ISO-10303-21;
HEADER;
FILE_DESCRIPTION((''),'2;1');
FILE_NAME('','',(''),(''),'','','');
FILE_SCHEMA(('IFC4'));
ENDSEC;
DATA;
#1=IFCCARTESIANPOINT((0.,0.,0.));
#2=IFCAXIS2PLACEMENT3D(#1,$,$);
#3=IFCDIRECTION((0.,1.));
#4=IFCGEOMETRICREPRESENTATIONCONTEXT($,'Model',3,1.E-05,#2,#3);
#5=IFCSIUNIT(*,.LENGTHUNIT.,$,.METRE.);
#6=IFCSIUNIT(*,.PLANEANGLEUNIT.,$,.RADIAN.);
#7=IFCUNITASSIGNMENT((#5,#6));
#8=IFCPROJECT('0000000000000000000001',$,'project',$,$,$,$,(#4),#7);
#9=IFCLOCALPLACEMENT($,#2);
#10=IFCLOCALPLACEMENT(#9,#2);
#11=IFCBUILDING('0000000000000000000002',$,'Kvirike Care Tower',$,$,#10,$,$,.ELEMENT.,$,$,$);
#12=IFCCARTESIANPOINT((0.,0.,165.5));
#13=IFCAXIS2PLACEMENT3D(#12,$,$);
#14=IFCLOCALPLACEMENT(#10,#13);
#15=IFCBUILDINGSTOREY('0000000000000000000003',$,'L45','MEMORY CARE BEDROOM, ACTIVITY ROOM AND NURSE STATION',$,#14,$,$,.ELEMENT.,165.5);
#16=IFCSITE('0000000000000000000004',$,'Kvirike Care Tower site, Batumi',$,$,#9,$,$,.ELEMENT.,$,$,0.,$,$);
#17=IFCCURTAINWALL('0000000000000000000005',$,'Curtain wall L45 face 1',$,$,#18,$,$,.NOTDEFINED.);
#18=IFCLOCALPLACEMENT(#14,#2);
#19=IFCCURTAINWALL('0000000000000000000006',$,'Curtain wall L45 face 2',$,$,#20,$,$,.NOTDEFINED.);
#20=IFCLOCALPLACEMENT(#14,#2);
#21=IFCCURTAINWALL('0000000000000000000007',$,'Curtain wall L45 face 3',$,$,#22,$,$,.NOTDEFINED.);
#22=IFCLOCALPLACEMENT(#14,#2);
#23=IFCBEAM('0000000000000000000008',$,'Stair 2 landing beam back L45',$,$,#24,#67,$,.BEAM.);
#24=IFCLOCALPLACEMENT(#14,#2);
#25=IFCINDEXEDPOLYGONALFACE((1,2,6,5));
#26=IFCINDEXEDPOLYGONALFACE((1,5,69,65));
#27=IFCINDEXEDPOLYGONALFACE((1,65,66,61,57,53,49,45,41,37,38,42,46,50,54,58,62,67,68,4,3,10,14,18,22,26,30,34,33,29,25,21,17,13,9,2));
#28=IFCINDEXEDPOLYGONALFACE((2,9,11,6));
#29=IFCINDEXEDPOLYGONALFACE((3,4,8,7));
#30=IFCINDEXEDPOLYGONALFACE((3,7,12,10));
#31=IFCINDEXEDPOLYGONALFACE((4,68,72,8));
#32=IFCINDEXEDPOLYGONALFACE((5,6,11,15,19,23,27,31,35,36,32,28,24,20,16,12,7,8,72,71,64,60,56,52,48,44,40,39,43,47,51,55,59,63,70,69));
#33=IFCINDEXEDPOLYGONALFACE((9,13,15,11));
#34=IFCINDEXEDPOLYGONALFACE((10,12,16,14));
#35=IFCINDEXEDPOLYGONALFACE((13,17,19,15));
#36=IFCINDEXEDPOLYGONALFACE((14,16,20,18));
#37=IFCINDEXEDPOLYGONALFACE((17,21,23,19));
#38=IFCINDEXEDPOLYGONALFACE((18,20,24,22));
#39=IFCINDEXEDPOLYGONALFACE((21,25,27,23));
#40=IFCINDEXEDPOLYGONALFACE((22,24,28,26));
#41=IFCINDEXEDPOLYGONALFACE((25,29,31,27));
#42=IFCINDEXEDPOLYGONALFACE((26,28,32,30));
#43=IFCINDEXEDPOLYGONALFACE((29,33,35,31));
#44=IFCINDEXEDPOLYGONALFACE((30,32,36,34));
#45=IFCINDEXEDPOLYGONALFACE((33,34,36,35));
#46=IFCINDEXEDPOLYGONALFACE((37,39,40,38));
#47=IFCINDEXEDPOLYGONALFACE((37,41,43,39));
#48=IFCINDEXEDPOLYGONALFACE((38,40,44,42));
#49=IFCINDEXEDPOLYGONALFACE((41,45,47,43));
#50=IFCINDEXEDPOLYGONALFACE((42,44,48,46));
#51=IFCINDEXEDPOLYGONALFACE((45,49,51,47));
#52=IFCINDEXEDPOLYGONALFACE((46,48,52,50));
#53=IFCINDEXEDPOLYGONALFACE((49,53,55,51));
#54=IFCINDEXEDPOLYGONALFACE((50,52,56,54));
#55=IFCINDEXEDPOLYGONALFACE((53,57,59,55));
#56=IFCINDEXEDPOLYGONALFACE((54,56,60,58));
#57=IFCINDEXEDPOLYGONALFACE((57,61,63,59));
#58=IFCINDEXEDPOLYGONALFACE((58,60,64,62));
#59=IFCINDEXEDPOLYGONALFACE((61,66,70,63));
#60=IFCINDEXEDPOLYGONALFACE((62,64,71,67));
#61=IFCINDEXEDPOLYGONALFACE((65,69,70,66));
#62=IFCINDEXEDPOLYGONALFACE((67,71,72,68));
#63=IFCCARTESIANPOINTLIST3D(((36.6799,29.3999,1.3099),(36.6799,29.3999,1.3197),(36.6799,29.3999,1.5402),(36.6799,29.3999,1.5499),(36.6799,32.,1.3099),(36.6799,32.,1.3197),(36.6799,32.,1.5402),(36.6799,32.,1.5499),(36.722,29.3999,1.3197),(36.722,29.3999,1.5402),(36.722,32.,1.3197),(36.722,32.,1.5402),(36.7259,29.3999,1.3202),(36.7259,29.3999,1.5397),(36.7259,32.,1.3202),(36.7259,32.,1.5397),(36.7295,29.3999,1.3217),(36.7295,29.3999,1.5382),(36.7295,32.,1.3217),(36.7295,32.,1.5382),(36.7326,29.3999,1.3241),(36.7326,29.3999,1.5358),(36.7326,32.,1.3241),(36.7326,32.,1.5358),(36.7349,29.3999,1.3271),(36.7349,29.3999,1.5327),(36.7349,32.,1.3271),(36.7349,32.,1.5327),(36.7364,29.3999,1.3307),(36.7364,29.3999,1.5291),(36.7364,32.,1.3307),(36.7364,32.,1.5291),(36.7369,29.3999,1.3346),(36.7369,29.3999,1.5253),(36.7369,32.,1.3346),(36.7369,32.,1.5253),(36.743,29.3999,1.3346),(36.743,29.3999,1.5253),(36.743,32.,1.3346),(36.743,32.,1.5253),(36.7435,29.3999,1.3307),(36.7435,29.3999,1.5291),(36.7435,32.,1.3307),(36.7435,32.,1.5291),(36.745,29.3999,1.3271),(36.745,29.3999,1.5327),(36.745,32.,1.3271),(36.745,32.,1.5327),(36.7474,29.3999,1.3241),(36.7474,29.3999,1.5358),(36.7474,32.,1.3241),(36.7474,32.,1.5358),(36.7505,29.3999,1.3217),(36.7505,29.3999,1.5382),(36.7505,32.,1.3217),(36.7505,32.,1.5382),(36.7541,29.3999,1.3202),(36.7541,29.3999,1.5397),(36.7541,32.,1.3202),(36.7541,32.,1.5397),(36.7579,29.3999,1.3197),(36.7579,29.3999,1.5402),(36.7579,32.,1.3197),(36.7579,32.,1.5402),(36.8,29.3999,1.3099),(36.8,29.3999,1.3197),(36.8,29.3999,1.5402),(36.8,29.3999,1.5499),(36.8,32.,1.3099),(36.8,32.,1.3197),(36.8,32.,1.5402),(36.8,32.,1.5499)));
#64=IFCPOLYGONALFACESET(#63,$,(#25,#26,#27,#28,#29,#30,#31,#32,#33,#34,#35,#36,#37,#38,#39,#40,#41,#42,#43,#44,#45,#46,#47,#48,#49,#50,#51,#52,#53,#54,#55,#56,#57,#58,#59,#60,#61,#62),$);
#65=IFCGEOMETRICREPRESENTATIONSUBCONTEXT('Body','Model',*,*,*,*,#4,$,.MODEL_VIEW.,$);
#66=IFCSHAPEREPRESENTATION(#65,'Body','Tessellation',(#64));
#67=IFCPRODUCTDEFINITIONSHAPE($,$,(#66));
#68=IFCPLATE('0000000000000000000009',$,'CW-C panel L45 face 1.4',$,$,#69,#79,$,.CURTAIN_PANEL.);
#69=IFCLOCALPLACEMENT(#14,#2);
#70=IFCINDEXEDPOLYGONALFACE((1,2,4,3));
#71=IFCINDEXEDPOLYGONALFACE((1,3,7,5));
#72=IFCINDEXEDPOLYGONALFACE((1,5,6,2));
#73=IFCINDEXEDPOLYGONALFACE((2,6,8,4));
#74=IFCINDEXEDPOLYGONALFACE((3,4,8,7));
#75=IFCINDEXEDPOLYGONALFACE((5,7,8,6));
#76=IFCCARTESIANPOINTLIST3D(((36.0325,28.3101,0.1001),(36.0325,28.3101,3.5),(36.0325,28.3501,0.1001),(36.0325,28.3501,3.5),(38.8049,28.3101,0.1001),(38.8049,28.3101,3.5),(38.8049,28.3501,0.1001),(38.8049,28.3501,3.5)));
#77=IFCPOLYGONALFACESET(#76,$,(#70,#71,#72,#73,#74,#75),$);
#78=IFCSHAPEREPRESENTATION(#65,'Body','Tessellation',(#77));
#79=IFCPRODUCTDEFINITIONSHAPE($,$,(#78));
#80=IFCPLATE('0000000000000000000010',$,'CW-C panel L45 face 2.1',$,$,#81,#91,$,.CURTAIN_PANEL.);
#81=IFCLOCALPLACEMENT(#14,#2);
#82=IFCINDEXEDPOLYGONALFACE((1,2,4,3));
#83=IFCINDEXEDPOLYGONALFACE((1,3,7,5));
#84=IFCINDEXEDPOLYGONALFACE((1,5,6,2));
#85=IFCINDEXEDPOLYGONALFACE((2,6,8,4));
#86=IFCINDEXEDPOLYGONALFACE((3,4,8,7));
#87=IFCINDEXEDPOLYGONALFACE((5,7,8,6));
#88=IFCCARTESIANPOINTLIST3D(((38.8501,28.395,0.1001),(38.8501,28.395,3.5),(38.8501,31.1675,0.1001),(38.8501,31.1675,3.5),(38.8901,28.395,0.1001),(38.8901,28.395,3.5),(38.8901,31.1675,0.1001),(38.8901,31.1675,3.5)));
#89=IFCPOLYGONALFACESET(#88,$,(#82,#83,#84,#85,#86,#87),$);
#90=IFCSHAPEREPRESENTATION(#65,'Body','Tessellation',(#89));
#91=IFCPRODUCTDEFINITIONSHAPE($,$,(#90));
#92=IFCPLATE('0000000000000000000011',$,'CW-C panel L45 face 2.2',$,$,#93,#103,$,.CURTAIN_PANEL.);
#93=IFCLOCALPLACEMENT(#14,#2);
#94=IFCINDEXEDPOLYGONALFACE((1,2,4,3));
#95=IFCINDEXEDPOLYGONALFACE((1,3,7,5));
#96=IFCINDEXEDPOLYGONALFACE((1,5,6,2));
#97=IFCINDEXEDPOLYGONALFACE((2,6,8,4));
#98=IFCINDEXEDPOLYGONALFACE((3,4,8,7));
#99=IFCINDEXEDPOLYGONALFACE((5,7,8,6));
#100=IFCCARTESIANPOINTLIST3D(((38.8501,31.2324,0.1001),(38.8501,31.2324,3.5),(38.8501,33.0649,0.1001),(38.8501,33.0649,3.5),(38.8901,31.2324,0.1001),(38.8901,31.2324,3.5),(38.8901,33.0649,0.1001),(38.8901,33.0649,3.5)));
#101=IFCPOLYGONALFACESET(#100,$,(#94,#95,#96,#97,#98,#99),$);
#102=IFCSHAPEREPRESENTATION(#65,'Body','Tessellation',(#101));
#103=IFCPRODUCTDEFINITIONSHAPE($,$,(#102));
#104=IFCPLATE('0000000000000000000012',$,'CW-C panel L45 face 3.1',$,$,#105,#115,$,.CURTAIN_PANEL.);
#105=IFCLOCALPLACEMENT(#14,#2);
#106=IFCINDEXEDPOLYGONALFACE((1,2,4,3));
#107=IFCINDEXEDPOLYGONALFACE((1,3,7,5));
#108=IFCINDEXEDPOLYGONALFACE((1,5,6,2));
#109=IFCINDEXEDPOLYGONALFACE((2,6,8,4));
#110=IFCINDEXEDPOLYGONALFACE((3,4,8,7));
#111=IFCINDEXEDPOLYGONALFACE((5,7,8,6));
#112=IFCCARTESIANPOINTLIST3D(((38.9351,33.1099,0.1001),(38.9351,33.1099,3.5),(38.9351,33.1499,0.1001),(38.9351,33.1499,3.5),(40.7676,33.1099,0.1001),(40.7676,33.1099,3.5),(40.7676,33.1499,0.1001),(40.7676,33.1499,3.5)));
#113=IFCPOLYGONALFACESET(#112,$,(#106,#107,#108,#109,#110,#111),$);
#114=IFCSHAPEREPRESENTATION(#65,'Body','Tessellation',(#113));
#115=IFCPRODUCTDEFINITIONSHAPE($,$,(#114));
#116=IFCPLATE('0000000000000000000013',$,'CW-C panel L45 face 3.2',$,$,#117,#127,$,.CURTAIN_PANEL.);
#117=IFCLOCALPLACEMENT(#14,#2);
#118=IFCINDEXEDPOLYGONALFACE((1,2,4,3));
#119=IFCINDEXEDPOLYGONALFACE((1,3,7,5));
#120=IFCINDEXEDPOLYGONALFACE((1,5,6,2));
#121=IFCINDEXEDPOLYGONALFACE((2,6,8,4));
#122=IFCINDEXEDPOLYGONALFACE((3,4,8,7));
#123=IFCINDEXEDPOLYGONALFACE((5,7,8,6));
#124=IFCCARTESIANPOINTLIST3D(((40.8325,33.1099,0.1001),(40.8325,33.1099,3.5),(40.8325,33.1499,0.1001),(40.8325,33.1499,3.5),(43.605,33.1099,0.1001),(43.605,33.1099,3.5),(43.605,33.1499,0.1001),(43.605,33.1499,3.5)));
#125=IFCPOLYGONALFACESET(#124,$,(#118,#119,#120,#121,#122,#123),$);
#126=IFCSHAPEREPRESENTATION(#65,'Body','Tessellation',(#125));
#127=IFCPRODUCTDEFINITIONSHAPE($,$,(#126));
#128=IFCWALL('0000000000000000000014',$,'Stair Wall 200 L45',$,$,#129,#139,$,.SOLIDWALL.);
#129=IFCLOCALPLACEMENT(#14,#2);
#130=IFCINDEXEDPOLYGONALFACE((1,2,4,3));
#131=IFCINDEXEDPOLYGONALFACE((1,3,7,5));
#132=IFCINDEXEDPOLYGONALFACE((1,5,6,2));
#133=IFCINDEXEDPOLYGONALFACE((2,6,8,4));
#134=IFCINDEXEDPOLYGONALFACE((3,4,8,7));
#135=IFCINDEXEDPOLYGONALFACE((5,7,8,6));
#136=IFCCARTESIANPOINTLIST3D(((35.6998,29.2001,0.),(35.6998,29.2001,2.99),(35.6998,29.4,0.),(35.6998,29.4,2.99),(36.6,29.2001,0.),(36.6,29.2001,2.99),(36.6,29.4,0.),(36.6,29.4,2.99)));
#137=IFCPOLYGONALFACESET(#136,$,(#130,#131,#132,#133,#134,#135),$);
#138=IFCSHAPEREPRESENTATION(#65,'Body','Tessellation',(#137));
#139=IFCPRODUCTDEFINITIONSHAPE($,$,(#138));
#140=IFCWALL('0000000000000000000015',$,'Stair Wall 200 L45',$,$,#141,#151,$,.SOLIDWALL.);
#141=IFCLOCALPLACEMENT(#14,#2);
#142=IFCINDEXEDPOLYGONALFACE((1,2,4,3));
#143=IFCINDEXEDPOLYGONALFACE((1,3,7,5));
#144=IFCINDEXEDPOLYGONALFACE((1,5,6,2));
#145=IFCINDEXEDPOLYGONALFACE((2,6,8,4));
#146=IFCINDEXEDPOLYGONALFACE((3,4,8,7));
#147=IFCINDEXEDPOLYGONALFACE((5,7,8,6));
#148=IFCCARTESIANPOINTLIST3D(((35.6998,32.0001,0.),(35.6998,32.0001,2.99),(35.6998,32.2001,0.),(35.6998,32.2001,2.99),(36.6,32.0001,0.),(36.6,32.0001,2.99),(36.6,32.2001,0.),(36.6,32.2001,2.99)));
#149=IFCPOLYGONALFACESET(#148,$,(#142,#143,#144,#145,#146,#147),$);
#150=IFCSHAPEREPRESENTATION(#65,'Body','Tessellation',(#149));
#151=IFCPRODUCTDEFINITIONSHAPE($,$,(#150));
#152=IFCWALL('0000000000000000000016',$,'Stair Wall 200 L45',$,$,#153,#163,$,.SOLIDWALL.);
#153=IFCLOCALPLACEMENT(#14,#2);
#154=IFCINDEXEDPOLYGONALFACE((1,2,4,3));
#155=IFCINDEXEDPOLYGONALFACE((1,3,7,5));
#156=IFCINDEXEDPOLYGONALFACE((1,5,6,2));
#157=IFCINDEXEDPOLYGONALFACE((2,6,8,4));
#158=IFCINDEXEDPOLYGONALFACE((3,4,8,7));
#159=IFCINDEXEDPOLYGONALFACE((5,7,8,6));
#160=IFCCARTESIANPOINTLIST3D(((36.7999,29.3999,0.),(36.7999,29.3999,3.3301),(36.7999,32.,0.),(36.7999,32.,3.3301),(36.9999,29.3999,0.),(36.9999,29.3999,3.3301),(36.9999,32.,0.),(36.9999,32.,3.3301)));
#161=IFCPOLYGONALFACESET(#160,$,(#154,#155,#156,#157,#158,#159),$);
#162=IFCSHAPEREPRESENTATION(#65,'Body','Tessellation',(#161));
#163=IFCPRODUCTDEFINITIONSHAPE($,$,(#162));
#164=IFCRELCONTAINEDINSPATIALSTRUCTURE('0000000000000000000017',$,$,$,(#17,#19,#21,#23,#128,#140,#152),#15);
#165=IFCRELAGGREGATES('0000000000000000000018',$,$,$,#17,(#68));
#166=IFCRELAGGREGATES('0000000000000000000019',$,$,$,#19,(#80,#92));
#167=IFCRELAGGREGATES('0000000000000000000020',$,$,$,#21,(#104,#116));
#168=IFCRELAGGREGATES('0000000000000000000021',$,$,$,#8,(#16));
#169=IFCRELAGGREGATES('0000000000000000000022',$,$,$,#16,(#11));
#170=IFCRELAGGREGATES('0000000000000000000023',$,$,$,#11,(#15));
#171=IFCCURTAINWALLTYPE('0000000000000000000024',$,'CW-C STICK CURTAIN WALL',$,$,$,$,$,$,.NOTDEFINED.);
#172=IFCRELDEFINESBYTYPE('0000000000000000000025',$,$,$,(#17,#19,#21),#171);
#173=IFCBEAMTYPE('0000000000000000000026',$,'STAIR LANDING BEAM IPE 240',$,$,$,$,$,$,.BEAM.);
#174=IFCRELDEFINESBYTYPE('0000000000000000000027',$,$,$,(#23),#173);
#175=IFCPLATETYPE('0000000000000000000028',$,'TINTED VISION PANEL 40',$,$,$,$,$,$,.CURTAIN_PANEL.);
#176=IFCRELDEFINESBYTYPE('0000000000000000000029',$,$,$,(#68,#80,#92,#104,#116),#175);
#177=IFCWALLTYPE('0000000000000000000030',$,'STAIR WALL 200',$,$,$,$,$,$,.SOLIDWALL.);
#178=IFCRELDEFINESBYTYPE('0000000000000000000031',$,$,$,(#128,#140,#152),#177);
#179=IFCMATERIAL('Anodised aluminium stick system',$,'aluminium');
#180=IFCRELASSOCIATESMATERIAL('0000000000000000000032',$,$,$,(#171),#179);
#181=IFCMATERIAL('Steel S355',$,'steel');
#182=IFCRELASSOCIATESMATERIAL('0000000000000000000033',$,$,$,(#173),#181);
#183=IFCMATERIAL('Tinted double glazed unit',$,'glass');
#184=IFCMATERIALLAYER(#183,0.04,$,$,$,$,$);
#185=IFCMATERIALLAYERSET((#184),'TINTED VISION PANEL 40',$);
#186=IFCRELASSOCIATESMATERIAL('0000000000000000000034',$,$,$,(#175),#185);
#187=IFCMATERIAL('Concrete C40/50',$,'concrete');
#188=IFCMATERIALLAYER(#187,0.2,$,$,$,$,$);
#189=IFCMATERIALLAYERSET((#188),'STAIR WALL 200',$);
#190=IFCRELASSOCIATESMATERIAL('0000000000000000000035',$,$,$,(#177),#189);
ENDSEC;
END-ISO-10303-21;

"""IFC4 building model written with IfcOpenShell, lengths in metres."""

from ifc_helpers import new_model, si_unit, direction, frame, frame_2d, origin, origin_2d, place, context, subcontext, project, spatial, rectangle, i_section, extrude, material, layer, layer_set, material_profile, profile_set, type_object, element, aggregate, save


model = new_model("IFC4")

# Units and contexts
model_context = context("Model", 3, precision=1e-05, world=origin(), true_north=direction((0.0, 1.0)))
body_context = subcontext(model_context, "Body", "Model", "MODEL_VIEW")
ifc_project = project(units=[si_unit("LENGTHUNIT", "METRE"), si_unit("PLANEANGLEUNIT", "RADIAN")], contexts=[model_context])

# Site, building, storey
site_placement = place(None, origin())
site = spatial("IfcSite", under=ifc_project, at=site_placement, Name="Kvirike Care Tower site, Batumi", CompositionType="ELEMENT", RefElevation=0.0)
building_placement = place(site_placement, origin())
building = spatial("IfcBuilding", under=site, at=building_placement, Name="Kvirike Care Tower", CompositionType="ELEMENT")
storey_placement = place(building_placement, frame((0.0, 0.0, 165.5)))
storey = spatial("IfcBuildingStorey", under=building, at=storey_placement, Name="L45", Description="MEMORY CARE BEDROOM, ACTIVITY ROOM AND NURSE STATION", CompositionType="ELEMENT", Elevation=165.5)

# Curtain walls
ifc_material_1 = material(Name="Anodised aluminium stick system", Category="aluminium")
curtain_wall_type = type_object("IfcCurtainWallType", Name="CW-C STICK CURTAIN WALL", PredefinedType="NOTDEFINED", material=ifc_material_1)
curtain_wall_1_placement = place(storey_placement, origin())
curtain_wall_1 = element("IfcCurtainWall", 1, at=curtain_wall_1_placement, inside=storey, type_object=curtain_wall_type, Name="Curtain wall L45 face 1", PredefinedType="NOTDEFINED")
curtain_wall_2_placement = place(storey_placement, origin())
curtain_wall_2 = element("IfcCurtainWall", 2, at=curtain_wall_2_placement, inside=storey, type_object=curtain_wall_type, Name="Curtain wall L45 face 2", PredefinedType="NOTDEFINED")
curtain_wall_3_placement = place(storey_placement, origin())
curtain_wall_3 = element("IfcCurtainWall", 3, at=curtain_wall_3_placement, inside=storey, type_object=curtain_wall_type, Name="Curtain wall L45 face 3", PredefinedType="NOTDEFINED")

# Beam
ifc_material_2 = material(Name="Steel S355", Category="steel")
ifc_material_profile_1 = material_profile(ifc_material_2, i_section(OverallWidth=0.1201, OverallDepth=0.24, WebThickness=0.0061, FlangeThickness=0.0098, FilletRadius=0.0149, at=origin_2d()), Name="IPE 240")
ifc_profile_set_1 = profile_set([ifc_material_profile_1], Name="Steel S355")
beam_type_1 = type_object("IfcBeamType", Name="STAIR LANDING BEAM IPE 240", PredefinedType="BEAM", material=ifc_profile_set_1)
beam_placement = place(storey_placement, frame((36.74, 29.3999, 1.4299), z_axis=(0.0, 1.0, 0.0), x_axis=(-1.0, 0.0, 0.0)))
element("IfcBeam", 4, at=beam_placement, inside=storey, type_object=beam_type_1, Name="Stair 2 landing beam back L45", PredefinedType="BEAM", context=body_context, shape_type="SweptSolid", body=[
    extrude(i_section(OverallWidth=0.1201, OverallDepth=0.24, WebThickness=0.0061, FlangeThickness=0.0098, FilletRadius=0.0149, at=origin_2d()), origin(), (0.0, 0.0, 1.0), 2.6001),
])

# Plates
ifc_material_3 = material(Name="Tinted double glazed unit", Category="glass")
ifc_layer_1 = layer(ifc_material_3, 0.04)
ifc_layer_set_1 = layer_set([ifc_layer_1], Name="TINTED VISION PANEL 40")
plate_type = type_object("IfcPlateType", Name="TINTED VISION PANEL 40", PredefinedType="CURTAIN_PANEL", material=ifc_layer_set_1)
plate_1_placement = place(storey_placement, frame((37.4187, 28.3301, 0.1001), z_axis=(0.0, 0.0, 1.0), x_axis=(1.0, 0.0, 0.0)))
plate_1 = element("IfcPlate", 5, at=plate_1_placement, type_object=plate_type, Name="CW-C panel L45 face 1.4", PredefinedType="CURTAIN_PANEL", context=body_context, shape_type="SweptSolid", body=[
    extrude(rectangle(XDim=2.7725, YDim=0.04, at=origin_2d()), origin(), (0.0, 0.0, 1.0), 3.3999),
])
aggregate(curtain_wall_1, [plate_1])
plate_2_placement = place(storey_placement, frame((38.8701, 29.7812, 0.1001), z_axis=(0.0, 0.0, 1.0), x_axis=(0.0, 1.0, 0.0)))
plate_2 = element("IfcPlate", 6, at=plate_2_placement, type_object=plate_type, Name="CW-C panel L45 face 2.1", PredefinedType="CURTAIN_PANEL", context=body_context, shape_type="SweptSolid", body=[
    extrude(rectangle(XDim=2.7725, YDim=0.04, at=origin_2d()), origin(), (0.0, 0.0, 1.0), 3.3999),
])
plate_3_placement = place(storey_placement, frame((38.8701, 32.1487, 0.1001), z_axis=(0.0, 0.0, 1.0), x_axis=(0.0, 1.0, 0.0)))
plate_3 = element("IfcPlate", 7, at=plate_3_placement, type_object=plate_type, Name="CW-C panel L45 face 2.2", PredefinedType="CURTAIN_PANEL", context=body_context, shape_type="SweptSolid", body=[
    extrude(rectangle(XDim=1.8325, YDim=0.04, at=origin_2d()), origin(), (0.0, 0.0, 1.0), 3.3999),
])
aggregate(curtain_wall_2, [plate_2, plate_3])
plate_4_placement = place(storey_placement, frame((39.8513, 33.1299, 0.1001), z_axis=(0.0, 0.0, 1.0), x_axis=(1.0, 0.0, 0.0)))
plate_4 = element("IfcPlate", 8, at=plate_4_placement, type_object=plate_type, Name="CW-C panel L45 face 3.1", PredefinedType="CURTAIN_PANEL", context=body_context, shape_type="SweptSolid", body=[
    extrude(rectangle(XDim=1.8325, YDim=0.04, at=origin_2d()), origin(), (0.0, 0.0, 1.0), 3.3999),
])
plate_5_placement = place(storey_placement, frame((42.2188, 33.1299, 0.1001), z_axis=(0.0, 0.0, 1.0), x_axis=(1.0, 0.0, 0.0)))
plate_5 = element("IfcPlate", 9, at=plate_5_placement, type_object=plate_type, Name="CW-C panel L45 face 3.2", PredefinedType="CURTAIN_PANEL", context=body_context, shape_type="SweptSolid", body=[
    extrude(rectangle(XDim=2.7725, YDim=0.04, at=origin_2d()), origin(), (0.0, 0.0, 1.0), 3.3999),
])
aggregate(curtain_wall_3, [plate_4, plate_5])

# Walls
ifc_material_4 = material(Name="Concrete C40/50", Category="concrete")
ifc_layer_2 = layer(ifc_material_4, 0.2)
ifc_layer_set_2 = layer_set([ifc_layer_2], Name="STAIR WALL 200")
wall_type = type_object("IfcWallType", Name="STAIR WALL 200", PredefinedType="SOLIDWALL", material=ifc_layer_set_2)
for number, where, z_axis, x_axis, name in (
    (10, (36.6001, 29.3, 0.0), (0.0, 0.0, 1.0), (-1.0, 0.0, 0.0), "Stair Wall 200 L45"),
    (11, (36.6001, 32.1001, 0.0), (0.0, 0.0, 1.0), (-1.0, 0.0, 0.0), "Stair Wall 200 L45"),
):
    element("IfcWall", number, at=place(storey_placement, frame(where, z_axis=z_axis, x_axis=x_axis)), inside=storey, type_object=wall_type, Name=name, PredefinedType="SOLIDWALL", context=body_context, shape_type="SweptSolid", body=[
        extrude(rectangle(XDim=0.9001, YDim=0.2, at=frame_2d((0.4502, 0.0))), origin(), (0.0, 0.0, 1.0), 2.99),
    ])
wall_placement = place(storey_placement, frame((36.8999, 29.3999, 0.0), z_axis=(0.0, 0.0, 1.0), x_axis=(0.0, 1.0, 0.0)))
element("IfcWall", 12, at=wall_placement, inside=storey, type_object=wall_type, Name="Stair Wall 200 L45", PredefinedType="SOLIDWALL", context=body_context, shape_type="SweptSolid", body=[
    extrude(rectangle(XDim=2.6001, YDim=0.2, at=frame_2d((1.3, 0.0))), origin(), (0.0, 0.0, 1.0), 3.3301),
])

save(model, "model.ifc")
